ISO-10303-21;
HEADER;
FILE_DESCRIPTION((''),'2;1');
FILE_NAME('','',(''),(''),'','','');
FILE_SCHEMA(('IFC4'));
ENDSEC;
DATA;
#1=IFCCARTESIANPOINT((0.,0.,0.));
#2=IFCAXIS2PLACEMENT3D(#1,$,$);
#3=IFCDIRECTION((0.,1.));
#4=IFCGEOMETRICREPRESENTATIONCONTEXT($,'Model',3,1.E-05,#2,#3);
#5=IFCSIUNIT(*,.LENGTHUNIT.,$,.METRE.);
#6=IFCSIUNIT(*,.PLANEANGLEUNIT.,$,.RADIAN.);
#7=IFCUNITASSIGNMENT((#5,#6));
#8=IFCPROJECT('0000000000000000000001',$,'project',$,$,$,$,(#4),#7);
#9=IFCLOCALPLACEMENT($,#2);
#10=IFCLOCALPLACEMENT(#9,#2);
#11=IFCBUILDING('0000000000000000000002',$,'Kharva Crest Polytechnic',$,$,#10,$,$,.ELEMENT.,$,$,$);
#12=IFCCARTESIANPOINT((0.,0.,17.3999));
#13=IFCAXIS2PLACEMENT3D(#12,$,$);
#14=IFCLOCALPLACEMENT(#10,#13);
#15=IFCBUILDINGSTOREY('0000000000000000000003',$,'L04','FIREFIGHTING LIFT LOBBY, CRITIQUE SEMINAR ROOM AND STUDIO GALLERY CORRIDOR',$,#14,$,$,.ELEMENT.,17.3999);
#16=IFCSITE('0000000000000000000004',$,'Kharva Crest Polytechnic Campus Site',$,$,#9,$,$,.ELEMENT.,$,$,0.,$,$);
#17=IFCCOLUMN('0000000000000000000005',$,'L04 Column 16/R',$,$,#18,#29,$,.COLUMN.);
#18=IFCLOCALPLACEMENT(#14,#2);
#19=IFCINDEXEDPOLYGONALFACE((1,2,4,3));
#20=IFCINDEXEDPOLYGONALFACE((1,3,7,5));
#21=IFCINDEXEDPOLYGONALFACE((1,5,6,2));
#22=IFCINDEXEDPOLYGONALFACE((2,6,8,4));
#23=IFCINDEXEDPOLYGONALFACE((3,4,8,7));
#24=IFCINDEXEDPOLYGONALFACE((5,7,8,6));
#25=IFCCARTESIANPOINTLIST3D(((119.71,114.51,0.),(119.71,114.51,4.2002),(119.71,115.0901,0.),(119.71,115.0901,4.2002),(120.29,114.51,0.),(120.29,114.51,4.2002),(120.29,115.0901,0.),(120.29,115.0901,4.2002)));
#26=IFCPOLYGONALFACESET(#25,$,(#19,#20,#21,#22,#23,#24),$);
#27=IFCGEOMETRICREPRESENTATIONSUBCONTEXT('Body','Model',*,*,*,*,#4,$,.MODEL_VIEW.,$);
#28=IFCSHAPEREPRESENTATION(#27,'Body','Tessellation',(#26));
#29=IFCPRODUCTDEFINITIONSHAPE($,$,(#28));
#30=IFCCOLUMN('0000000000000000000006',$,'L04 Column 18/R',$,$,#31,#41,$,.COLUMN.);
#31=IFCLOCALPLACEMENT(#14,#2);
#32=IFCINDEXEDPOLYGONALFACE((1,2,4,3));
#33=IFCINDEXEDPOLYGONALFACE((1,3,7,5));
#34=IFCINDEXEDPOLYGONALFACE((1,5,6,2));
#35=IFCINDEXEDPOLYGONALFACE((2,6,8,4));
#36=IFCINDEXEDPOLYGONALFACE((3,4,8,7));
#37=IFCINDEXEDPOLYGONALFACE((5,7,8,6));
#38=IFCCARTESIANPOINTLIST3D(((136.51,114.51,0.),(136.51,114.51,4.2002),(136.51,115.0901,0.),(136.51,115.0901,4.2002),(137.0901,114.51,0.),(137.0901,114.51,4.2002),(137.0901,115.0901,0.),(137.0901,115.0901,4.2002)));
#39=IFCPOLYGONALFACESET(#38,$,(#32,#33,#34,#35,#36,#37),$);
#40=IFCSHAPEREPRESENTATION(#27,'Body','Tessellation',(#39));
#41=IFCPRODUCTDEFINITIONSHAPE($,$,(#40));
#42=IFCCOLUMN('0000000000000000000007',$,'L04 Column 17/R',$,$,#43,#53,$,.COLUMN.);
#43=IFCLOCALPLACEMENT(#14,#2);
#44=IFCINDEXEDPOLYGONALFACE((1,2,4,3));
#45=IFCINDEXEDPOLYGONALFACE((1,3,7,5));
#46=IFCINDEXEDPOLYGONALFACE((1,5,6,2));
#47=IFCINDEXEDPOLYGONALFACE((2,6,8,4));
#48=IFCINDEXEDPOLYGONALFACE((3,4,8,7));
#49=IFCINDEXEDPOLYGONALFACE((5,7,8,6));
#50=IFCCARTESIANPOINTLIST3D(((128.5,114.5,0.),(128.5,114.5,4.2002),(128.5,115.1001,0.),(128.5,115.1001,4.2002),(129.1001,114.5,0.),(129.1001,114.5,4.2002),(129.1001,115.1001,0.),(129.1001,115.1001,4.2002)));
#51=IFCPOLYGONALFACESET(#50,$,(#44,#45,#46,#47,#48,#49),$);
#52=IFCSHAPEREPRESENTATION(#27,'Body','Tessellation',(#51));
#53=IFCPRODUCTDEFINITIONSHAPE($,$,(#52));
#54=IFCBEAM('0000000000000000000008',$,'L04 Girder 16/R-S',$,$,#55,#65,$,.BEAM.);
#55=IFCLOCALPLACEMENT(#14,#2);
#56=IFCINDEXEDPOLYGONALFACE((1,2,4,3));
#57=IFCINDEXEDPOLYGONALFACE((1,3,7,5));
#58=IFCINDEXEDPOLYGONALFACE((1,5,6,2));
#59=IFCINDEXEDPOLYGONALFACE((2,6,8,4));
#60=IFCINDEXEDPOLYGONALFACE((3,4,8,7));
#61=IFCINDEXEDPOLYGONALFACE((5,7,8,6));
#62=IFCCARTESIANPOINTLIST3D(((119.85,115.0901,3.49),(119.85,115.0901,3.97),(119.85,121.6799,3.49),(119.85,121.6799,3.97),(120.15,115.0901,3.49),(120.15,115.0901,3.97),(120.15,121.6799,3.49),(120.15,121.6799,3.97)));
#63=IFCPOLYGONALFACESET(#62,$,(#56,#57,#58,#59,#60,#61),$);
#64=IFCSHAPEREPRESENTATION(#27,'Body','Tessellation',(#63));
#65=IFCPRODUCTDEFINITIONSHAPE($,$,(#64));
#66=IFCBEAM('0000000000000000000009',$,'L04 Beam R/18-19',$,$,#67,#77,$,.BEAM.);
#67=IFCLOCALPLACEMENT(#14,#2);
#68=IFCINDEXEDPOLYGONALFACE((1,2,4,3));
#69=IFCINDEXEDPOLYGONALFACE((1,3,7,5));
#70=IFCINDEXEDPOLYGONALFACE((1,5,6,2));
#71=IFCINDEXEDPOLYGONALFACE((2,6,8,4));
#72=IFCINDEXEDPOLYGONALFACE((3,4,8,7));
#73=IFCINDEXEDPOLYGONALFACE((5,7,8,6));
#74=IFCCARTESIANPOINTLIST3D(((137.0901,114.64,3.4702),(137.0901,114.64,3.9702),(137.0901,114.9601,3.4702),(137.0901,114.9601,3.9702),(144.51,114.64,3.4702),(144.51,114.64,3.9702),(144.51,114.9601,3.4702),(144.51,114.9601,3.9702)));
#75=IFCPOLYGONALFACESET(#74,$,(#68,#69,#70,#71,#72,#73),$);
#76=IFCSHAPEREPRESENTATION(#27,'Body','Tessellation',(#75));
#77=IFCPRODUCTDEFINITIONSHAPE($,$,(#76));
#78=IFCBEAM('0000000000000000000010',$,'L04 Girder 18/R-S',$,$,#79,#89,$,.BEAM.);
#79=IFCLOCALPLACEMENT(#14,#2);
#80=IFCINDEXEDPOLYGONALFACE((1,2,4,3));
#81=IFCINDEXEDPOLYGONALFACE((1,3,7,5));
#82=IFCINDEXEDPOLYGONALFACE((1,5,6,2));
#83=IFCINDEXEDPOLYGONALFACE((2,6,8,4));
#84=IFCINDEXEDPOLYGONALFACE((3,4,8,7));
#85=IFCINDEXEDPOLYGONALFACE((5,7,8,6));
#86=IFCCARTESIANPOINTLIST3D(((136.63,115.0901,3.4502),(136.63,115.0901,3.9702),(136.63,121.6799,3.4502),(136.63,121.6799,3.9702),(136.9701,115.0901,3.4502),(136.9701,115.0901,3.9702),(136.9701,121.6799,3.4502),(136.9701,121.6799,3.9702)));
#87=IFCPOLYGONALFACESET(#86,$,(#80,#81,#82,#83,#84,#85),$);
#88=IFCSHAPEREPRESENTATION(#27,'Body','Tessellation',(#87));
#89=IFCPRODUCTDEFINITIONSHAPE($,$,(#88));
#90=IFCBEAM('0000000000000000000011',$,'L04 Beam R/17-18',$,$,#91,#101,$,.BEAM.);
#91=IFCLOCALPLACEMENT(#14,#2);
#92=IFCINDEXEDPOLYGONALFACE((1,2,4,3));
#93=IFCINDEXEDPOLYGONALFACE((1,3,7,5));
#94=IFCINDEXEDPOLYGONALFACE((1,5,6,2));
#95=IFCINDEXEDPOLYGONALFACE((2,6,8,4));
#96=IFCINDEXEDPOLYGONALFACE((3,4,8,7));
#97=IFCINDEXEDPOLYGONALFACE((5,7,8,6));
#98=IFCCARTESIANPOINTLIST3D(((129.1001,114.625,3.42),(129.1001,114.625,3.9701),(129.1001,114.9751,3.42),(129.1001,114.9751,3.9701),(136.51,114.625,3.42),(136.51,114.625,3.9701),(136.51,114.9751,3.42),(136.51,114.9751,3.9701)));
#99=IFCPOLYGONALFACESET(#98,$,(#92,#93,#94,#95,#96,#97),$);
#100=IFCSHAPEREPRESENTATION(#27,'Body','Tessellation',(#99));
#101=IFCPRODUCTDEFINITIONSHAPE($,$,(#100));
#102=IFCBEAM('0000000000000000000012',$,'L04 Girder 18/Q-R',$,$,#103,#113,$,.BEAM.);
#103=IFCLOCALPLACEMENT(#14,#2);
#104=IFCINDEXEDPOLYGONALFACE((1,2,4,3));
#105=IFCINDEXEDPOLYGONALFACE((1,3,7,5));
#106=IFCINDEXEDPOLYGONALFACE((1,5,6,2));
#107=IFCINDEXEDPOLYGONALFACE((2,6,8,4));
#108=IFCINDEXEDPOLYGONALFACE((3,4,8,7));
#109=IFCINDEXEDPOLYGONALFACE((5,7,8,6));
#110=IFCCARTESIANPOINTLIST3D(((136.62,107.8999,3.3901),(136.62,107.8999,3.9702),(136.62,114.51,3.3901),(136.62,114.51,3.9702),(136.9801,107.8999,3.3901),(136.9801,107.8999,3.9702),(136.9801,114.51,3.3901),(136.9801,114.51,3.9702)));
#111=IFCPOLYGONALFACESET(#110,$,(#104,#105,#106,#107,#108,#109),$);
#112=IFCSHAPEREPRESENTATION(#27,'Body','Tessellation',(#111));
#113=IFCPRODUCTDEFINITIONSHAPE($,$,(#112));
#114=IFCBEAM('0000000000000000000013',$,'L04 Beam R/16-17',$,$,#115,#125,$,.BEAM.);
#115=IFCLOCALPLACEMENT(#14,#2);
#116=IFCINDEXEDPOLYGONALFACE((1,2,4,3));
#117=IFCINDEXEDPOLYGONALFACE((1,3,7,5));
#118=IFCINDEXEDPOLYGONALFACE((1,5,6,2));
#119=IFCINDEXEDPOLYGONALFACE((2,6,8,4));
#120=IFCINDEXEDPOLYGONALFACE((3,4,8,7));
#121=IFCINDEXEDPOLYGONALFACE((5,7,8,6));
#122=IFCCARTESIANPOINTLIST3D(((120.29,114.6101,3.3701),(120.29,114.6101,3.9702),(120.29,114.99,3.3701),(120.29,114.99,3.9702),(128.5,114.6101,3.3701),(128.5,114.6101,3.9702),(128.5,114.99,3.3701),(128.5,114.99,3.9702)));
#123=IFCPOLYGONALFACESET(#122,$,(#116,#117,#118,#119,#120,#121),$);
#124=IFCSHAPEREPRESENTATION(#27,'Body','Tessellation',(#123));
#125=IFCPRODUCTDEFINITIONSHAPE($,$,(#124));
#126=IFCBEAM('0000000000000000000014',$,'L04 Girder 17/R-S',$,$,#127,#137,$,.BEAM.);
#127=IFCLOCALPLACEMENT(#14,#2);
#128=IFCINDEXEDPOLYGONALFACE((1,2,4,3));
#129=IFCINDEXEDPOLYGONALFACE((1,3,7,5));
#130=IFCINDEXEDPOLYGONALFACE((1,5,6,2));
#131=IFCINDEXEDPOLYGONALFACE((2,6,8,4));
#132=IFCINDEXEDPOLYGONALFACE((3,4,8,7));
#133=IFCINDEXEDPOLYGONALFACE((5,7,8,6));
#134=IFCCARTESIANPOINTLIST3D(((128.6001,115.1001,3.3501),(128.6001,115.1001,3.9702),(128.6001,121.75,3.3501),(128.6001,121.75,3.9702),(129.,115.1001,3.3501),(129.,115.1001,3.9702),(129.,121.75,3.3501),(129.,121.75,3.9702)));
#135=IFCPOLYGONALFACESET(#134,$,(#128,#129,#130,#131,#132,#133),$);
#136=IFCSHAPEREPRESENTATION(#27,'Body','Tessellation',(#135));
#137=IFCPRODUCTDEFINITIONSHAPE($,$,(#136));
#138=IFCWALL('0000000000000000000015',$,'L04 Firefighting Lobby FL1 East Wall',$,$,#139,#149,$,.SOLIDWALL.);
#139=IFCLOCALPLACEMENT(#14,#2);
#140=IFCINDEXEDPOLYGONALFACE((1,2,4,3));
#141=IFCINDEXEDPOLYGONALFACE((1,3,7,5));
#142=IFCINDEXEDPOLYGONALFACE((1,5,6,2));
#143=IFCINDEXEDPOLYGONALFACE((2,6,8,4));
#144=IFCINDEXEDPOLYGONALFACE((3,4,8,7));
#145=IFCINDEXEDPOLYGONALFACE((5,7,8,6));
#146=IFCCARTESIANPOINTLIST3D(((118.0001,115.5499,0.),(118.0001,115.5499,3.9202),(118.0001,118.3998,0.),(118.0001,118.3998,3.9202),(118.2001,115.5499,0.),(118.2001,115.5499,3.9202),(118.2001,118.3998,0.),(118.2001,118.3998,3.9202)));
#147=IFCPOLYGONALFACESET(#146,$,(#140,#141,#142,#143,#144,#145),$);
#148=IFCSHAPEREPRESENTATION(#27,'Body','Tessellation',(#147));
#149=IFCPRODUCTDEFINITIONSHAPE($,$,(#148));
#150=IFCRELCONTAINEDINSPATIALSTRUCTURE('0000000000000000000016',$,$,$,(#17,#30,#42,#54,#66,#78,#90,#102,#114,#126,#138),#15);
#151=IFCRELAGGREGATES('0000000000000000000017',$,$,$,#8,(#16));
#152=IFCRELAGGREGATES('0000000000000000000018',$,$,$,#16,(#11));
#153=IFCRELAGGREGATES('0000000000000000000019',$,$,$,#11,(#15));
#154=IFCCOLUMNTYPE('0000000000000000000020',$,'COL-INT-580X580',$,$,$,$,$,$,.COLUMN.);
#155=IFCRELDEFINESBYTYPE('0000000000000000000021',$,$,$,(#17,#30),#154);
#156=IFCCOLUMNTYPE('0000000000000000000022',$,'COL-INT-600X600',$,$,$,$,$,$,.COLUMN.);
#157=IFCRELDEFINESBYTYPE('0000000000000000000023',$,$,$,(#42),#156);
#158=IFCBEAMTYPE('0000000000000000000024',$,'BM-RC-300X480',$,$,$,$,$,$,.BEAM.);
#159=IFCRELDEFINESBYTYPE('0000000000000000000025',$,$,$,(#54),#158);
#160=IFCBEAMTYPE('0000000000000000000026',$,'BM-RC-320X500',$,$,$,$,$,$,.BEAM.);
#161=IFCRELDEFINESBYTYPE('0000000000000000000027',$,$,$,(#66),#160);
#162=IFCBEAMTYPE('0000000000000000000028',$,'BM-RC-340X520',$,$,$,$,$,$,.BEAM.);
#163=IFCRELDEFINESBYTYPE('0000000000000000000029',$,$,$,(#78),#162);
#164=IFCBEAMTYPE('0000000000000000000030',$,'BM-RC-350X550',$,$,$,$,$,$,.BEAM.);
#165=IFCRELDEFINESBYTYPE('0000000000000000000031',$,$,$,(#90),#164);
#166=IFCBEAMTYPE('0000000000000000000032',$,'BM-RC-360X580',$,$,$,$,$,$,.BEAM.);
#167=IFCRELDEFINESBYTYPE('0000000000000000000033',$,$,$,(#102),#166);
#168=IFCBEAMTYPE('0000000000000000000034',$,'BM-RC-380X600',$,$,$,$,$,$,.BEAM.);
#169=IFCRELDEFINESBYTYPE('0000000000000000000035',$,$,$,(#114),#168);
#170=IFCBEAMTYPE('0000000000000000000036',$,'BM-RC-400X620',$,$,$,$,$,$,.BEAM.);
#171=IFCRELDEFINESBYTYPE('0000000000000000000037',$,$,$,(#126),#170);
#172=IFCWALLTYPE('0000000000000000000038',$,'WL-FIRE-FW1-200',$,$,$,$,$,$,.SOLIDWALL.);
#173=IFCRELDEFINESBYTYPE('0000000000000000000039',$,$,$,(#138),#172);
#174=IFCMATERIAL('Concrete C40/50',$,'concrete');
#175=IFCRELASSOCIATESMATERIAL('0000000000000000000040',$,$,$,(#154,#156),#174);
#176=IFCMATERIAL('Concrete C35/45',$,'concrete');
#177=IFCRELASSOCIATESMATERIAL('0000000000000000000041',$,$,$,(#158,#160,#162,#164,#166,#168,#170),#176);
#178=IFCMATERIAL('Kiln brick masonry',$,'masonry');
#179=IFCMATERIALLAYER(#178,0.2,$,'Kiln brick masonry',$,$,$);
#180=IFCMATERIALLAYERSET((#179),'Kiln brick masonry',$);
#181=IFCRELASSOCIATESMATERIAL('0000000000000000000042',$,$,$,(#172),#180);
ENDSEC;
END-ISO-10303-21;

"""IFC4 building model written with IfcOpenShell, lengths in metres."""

from ifc_helpers import new_model, si_unit, direction, frame, frame_2d, origin, origin_2d, place, context, subcontext, project, spatial, rectangle, extrude, material, layer, layer_set, material_profile, profile_set, type_object, element, save


model = new_model("IFC4")

# Units and contexts
model_context = context("Model", 3, precision=1e-05, world=origin(), true_north=direction((0.0, 1.0)))
body_context = subcontext(model_context, "Body", "Model", "MODEL_VIEW")
ifc_project = project(units=[si_unit("LENGTHUNIT", "METRE"), si_unit("PLANEANGLEUNIT", "RADIAN")], contexts=[model_context])

# Site, building, storey
site_placement = place(None, origin())
site = spatial("IfcSite", under=ifc_project, at=site_placement, Name="Kharva Crest Polytechnic Campus Site", CompositionType="ELEMENT", RefElevation=0.0)
building_placement = place(site_placement, origin())
building = spatial("IfcBuilding", under=site, at=building_placement, Name="Kharva Crest Polytechnic", CompositionType="ELEMENT")
storey_placement = place(building_placement, frame((0.0, 0.0, 17.3999)))
storey = spatial("IfcBuildingStorey", under=building, at=storey_placement, Name="L04", Description="FIREFIGHTING LIFT LOBBY, CRITIQUE SEMINAR ROOM AND STUDIO GALLERY CORRIDOR", CompositionType="ELEMENT", Elevation=17.3999)

# Columns
ifc_material_1 = material(Name="Concrete C40/50", Category="concrete")
ifc_material_profile_1 = material_profile(ifc_material_1, rectangle(XDim=0.5801, YDim=0.5801, at=origin_2d()), Name="RECT 580 X 580")
ifc_profile_set_1 = profile_set([ifc_material_profile_1], Name="Concrete C40/50")
column_type_1 = type_object("IfcColumnType", Name="COL-INT-580X580", PredefinedType="COLUMN", material=ifc_profile_set_1)
for number, where, z_axis, x_axis, name in (
    (1, (120.0, 114.8, 0.0), (0.0, 0.0, 1.0), (1.0, 0.0, 0.0), "L04 Column 16/R"),
    (2, (136.8, 114.8, 0.0), (0.0, 0.0, 1.0), (1.0, 0.0, 0.0), "L04 Column 18/R"),
):
    element("IfcColumn", number, at=place(storey_placement, frame(where, z_axis=z_axis, x_axis=x_axis)), inside=storey, type_object=column_type_1, Name=name, PredefinedType="COLUMN", context=body_context, shape_type="SweptSolid", body=[
        extrude(rectangle(XDim=0.5801, YDim=0.5801, at=origin_2d()), origin(), (0.0, 0.0, 1.0), 4.2002),
    ])
ifc_material_profile_2 = material_profile(ifc_material_1, rectangle(XDim=0.6001, YDim=0.6001, at=origin_2d()), Name="RECT 600 X 600")
ifc_profile_set_2 = profile_set([ifc_material_profile_2], Name="Concrete C40/50")
column_type_2 = type_object("IfcColumnType", Name="COL-INT-600X600", PredefinedType="COLUMN", material=ifc_profile_set_2)
column_placement = place(storey_placement, frame((128.8, 114.8, 0.0), z_axis=(0.0, 0.0, 1.0), x_axis=(1.0, 0.0, 0.0)))
element("IfcColumn", 3, at=column_placement, inside=storey, type_object=column_type_2, Name="L04 Column 17/R", PredefinedType="COLUMN", context=body_context, shape_type="SweptSolid", body=[
    extrude(rectangle(XDim=0.6001, YDim=0.6001, at=origin_2d()), origin(), (0.0, 0.0, 1.0), 4.2002),
])

# Beams
ifc_material_2 = material(Name="Concrete C35/45", Category="concrete")
ifc_material_profile_3 = material_profile(ifc_material_2, rectangle(XDim=0.3, YDim=0.48, at=origin_2d()), Name="RECT 300 X 480")
ifc_profile_set_3 = profile_set([ifc_material_profile_3], Name="Concrete C35/45")
beam_type_1 = type_object("IfcBeamType", Name="BM-RC-300X480", PredefinedType="BEAM", material=ifc_profile_set_3)
beam_1_placement = place(storey_placement, frame((120.0, 115.0901, 3.73), z_axis=(0.0, 1.0, 0.0), x_axis=(-1.0, 0.0, 0.0)))
element("IfcBeam", 4, at=beam_1_placement, inside=storey, type_object=beam_type_1, Name="L04 Girder 16/R-S", PredefinedType="BEAM", context=body_context, shape_type="SweptSolid", body=[
    extrude(rectangle(XDim=0.3, YDim=0.48, at=origin_2d()), origin(), (0.0, 0.0, 1.0), 6.5898),
])
ifc_material_profile_4 = material_profile(ifc_material_2, rectangle(XDim=0.3201, YDim=0.5, at=origin_2d()), Name="RECT 320 X 500")
ifc_profile_set_4 = profile_set([ifc_material_profile_4], Name="Concrete C35/45")
beam_type_2 = type_object("IfcBeamType", Name="BM-RC-320X500", PredefinedType="BEAM", material=ifc_profile_set_4)
beam_2_placement = place(storey_placement, frame((137.0901, 114.8, 3.7202), z_axis=(1.0, 0.0, 0.0), x_axis=(0.0, 1.0, 0.0)))
element("IfcBeam", 5, at=beam_2_placement, inside=storey, type_object=beam_type_2, Name="L04 Beam R/18-19", PredefinedType="BEAM", context=body_context, shape_type="SweptSolid", body=[
    extrude(rectangle(XDim=0.3201, YDim=0.5, at=origin_2d()), origin(), (0.0, 0.0, 1.0), 7.4199),
])
ifc_material_profile_5 = material_profile(ifc_material_2, rectangle(XDim=0.3401, YDim=0.52, at=origin_2d()), Name="RECT 340 X 520")
ifc_profile_set_5 = profile_set([ifc_material_profile_5], Name="Concrete C35/45")
beam_type_3 = type_object("IfcBeamType", Name="BM-RC-340X520", PredefinedType="BEAM", material=ifc_profile_set_5)
beam_3_placement = place(storey_placement, frame((136.8, 115.0901, 3.7102), z_axis=(0.0, 1.0, 0.0), x_axis=(-1.0, 0.0, 0.0)))
element("IfcBeam", 6, at=beam_3_placement, inside=storey, type_object=beam_type_3, Name="L04 Girder 18/R-S", PredefinedType="BEAM", context=body_context, shape_type="SweptSolid", body=[
    extrude(rectangle(XDim=0.3401, YDim=0.52, at=origin_2d()), origin(), (0.0, 0.0, 1.0), 6.5898),
])
ifc_material_profile_6 = material_profile(ifc_material_2, rectangle(XDim=0.3501, YDim=0.55, at=origin_2d()), Name="RECT 350 X 550")
ifc_profile_set_6 = profile_set([ifc_material_profile_6], Name="Concrete C35/45")
beam_type_4 = type_object("IfcBeamType", Name="BM-RC-350X550", PredefinedType="BEAM", material=ifc_profile_set_6)
beam_4_placement = place(storey_placement, frame((129.1001, 114.8, 3.6951), z_axis=(1.0, 0.0, 0.0), x_axis=(0.0, 1.0, 0.0)))
element("IfcBeam", 7, at=beam_4_placement, inside=storey, type_object=beam_type_4, Name="L04 Beam R/17-18", PredefinedType="BEAM", context=body_context, shape_type="SweptSolid", body=[
    extrude(rectangle(XDim=0.3501, YDim=0.55, at=origin_2d()), origin(), (0.0, 0.0, 1.0), 7.4099),
])
ifc_material_profile_7 = material_profile(ifc_material_2, rectangle(XDim=0.3601, YDim=0.5801, at=origin_2d()), Name="RECT 360 X 580")
ifc_profile_set_7 = profile_set([ifc_material_profile_7], Name="Concrete C35/45")
beam_type_5 = type_object("IfcBeamType", Name="BM-RC-360X580", PredefinedType="BEAM", material=ifc_profile_set_7)
beam_5_placement = place(storey_placement, frame((136.8, 107.8999, 3.6802), z_axis=(0.0, 1.0, 0.0), x_axis=(-1.0, 0.0, 0.0)))
element("IfcBeam", 8, at=beam_5_placement, inside=storey, type_object=beam_type_5, Name="L04 Girder 18/Q-R", PredefinedType="BEAM", context=body_context, shape_type="SweptSolid", body=[
    extrude(rectangle(XDim=0.3601, YDim=0.5801, at=origin_2d()), origin(), (0.0, 0.0, 1.0), 6.6101),
])
ifc_material_profile_8 = material_profile(ifc_material_2, rectangle(XDim=0.3799, YDim=0.6001, at=origin_2d()), Name="RECT 380 X 600")
ifc_profile_set_8 = profile_set([ifc_material_profile_8], Name="Concrete C35/45")
beam_type_6 = type_object("IfcBeamType", Name="BM-RC-380X600", PredefinedType="BEAM", material=ifc_profile_set_8)
beam_6_placement = place(storey_placement, frame((120.29, 114.8, 3.6702), z_axis=(1.0, 0.0, 0.0), x_axis=(0.0, 1.0, 0.0)))
element("IfcBeam", 9, at=beam_6_placement, inside=storey, type_object=beam_type_6, Name="L04 Beam R/16-17", PredefinedType="BEAM", context=body_context, shape_type="SweptSolid", body=[
    extrude(rectangle(XDim=0.3799, YDim=0.6001, at=origin_2d()), origin(), (0.0, 0.0, 1.0), 8.21),
])
ifc_material_profile_9 = material_profile(ifc_material_2, rectangle(XDim=0.3999, YDim=0.6201, at=origin_2d()), Name="RECT 400 X 620")
ifc_profile_set_9 = profile_set([ifc_material_profile_9], Name="Concrete C35/45")
beam_type_7 = type_object("IfcBeamType", Name="BM-RC-400X620", PredefinedType="BEAM", material=ifc_profile_set_9)
beam_7_placement = place(storey_placement, frame((128.8, 115.1001, 3.6602), z_axis=(0.0, 1.0, 0.0), x_axis=(-1.0, 0.0, 0.0)))
element("IfcBeam", 10, at=beam_7_placement, inside=storey, type_object=beam_type_7, Name="L04 Girder 17/R-S", PredefinedType="BEAM", context=body_context, shape_type="SweptSolid", body=[
    extrude(rectangle(XDim=0.3999, YDim=0.6201, at=origin_2d()), origin(), (0.0, 0.0, 1.0), 6.6499),
])

# Wall
ifc_material_3 = material(Name="Kiln brick masonry", Category="masonry")
ifc_layer_1 = layer(ifc_material_3, 0.2, Name="Kiln brick masonry")
ifc_layer_set_1 = layer_set([ifc_layer_1], Name="Kiln brick masonry")
wall_type_1 = type_object("IfcWallType", Name="WL-FIRE-FW1-200", PredefinedType="SOLIDWALL", material=ifc_layer_set_1)
wall_1_placement = place(storey_placement, frame((118.1001, 115.55, 0.0), z_axis=(0.0, 0.0, 1.0), x_axis=(0.0, 1.0, 0.0)))
element("IfcWall", 11, at=wall_1_placement, inside=storey, type_object=wall_type_1, Name="L04 Firefighting Lobby FL1 East Wall", PredefinedType="SOLIDWALL", context=body_context, shape_type="SweptSolid", body=[
    extrude(rectangle(XDim=2.8499, YDim=0.2, at=frame_2d((1.4248, 0.0))), origin(), (0.0, 0.0, 1.0), 3.9202),
])

save(model, "model.ifc")
